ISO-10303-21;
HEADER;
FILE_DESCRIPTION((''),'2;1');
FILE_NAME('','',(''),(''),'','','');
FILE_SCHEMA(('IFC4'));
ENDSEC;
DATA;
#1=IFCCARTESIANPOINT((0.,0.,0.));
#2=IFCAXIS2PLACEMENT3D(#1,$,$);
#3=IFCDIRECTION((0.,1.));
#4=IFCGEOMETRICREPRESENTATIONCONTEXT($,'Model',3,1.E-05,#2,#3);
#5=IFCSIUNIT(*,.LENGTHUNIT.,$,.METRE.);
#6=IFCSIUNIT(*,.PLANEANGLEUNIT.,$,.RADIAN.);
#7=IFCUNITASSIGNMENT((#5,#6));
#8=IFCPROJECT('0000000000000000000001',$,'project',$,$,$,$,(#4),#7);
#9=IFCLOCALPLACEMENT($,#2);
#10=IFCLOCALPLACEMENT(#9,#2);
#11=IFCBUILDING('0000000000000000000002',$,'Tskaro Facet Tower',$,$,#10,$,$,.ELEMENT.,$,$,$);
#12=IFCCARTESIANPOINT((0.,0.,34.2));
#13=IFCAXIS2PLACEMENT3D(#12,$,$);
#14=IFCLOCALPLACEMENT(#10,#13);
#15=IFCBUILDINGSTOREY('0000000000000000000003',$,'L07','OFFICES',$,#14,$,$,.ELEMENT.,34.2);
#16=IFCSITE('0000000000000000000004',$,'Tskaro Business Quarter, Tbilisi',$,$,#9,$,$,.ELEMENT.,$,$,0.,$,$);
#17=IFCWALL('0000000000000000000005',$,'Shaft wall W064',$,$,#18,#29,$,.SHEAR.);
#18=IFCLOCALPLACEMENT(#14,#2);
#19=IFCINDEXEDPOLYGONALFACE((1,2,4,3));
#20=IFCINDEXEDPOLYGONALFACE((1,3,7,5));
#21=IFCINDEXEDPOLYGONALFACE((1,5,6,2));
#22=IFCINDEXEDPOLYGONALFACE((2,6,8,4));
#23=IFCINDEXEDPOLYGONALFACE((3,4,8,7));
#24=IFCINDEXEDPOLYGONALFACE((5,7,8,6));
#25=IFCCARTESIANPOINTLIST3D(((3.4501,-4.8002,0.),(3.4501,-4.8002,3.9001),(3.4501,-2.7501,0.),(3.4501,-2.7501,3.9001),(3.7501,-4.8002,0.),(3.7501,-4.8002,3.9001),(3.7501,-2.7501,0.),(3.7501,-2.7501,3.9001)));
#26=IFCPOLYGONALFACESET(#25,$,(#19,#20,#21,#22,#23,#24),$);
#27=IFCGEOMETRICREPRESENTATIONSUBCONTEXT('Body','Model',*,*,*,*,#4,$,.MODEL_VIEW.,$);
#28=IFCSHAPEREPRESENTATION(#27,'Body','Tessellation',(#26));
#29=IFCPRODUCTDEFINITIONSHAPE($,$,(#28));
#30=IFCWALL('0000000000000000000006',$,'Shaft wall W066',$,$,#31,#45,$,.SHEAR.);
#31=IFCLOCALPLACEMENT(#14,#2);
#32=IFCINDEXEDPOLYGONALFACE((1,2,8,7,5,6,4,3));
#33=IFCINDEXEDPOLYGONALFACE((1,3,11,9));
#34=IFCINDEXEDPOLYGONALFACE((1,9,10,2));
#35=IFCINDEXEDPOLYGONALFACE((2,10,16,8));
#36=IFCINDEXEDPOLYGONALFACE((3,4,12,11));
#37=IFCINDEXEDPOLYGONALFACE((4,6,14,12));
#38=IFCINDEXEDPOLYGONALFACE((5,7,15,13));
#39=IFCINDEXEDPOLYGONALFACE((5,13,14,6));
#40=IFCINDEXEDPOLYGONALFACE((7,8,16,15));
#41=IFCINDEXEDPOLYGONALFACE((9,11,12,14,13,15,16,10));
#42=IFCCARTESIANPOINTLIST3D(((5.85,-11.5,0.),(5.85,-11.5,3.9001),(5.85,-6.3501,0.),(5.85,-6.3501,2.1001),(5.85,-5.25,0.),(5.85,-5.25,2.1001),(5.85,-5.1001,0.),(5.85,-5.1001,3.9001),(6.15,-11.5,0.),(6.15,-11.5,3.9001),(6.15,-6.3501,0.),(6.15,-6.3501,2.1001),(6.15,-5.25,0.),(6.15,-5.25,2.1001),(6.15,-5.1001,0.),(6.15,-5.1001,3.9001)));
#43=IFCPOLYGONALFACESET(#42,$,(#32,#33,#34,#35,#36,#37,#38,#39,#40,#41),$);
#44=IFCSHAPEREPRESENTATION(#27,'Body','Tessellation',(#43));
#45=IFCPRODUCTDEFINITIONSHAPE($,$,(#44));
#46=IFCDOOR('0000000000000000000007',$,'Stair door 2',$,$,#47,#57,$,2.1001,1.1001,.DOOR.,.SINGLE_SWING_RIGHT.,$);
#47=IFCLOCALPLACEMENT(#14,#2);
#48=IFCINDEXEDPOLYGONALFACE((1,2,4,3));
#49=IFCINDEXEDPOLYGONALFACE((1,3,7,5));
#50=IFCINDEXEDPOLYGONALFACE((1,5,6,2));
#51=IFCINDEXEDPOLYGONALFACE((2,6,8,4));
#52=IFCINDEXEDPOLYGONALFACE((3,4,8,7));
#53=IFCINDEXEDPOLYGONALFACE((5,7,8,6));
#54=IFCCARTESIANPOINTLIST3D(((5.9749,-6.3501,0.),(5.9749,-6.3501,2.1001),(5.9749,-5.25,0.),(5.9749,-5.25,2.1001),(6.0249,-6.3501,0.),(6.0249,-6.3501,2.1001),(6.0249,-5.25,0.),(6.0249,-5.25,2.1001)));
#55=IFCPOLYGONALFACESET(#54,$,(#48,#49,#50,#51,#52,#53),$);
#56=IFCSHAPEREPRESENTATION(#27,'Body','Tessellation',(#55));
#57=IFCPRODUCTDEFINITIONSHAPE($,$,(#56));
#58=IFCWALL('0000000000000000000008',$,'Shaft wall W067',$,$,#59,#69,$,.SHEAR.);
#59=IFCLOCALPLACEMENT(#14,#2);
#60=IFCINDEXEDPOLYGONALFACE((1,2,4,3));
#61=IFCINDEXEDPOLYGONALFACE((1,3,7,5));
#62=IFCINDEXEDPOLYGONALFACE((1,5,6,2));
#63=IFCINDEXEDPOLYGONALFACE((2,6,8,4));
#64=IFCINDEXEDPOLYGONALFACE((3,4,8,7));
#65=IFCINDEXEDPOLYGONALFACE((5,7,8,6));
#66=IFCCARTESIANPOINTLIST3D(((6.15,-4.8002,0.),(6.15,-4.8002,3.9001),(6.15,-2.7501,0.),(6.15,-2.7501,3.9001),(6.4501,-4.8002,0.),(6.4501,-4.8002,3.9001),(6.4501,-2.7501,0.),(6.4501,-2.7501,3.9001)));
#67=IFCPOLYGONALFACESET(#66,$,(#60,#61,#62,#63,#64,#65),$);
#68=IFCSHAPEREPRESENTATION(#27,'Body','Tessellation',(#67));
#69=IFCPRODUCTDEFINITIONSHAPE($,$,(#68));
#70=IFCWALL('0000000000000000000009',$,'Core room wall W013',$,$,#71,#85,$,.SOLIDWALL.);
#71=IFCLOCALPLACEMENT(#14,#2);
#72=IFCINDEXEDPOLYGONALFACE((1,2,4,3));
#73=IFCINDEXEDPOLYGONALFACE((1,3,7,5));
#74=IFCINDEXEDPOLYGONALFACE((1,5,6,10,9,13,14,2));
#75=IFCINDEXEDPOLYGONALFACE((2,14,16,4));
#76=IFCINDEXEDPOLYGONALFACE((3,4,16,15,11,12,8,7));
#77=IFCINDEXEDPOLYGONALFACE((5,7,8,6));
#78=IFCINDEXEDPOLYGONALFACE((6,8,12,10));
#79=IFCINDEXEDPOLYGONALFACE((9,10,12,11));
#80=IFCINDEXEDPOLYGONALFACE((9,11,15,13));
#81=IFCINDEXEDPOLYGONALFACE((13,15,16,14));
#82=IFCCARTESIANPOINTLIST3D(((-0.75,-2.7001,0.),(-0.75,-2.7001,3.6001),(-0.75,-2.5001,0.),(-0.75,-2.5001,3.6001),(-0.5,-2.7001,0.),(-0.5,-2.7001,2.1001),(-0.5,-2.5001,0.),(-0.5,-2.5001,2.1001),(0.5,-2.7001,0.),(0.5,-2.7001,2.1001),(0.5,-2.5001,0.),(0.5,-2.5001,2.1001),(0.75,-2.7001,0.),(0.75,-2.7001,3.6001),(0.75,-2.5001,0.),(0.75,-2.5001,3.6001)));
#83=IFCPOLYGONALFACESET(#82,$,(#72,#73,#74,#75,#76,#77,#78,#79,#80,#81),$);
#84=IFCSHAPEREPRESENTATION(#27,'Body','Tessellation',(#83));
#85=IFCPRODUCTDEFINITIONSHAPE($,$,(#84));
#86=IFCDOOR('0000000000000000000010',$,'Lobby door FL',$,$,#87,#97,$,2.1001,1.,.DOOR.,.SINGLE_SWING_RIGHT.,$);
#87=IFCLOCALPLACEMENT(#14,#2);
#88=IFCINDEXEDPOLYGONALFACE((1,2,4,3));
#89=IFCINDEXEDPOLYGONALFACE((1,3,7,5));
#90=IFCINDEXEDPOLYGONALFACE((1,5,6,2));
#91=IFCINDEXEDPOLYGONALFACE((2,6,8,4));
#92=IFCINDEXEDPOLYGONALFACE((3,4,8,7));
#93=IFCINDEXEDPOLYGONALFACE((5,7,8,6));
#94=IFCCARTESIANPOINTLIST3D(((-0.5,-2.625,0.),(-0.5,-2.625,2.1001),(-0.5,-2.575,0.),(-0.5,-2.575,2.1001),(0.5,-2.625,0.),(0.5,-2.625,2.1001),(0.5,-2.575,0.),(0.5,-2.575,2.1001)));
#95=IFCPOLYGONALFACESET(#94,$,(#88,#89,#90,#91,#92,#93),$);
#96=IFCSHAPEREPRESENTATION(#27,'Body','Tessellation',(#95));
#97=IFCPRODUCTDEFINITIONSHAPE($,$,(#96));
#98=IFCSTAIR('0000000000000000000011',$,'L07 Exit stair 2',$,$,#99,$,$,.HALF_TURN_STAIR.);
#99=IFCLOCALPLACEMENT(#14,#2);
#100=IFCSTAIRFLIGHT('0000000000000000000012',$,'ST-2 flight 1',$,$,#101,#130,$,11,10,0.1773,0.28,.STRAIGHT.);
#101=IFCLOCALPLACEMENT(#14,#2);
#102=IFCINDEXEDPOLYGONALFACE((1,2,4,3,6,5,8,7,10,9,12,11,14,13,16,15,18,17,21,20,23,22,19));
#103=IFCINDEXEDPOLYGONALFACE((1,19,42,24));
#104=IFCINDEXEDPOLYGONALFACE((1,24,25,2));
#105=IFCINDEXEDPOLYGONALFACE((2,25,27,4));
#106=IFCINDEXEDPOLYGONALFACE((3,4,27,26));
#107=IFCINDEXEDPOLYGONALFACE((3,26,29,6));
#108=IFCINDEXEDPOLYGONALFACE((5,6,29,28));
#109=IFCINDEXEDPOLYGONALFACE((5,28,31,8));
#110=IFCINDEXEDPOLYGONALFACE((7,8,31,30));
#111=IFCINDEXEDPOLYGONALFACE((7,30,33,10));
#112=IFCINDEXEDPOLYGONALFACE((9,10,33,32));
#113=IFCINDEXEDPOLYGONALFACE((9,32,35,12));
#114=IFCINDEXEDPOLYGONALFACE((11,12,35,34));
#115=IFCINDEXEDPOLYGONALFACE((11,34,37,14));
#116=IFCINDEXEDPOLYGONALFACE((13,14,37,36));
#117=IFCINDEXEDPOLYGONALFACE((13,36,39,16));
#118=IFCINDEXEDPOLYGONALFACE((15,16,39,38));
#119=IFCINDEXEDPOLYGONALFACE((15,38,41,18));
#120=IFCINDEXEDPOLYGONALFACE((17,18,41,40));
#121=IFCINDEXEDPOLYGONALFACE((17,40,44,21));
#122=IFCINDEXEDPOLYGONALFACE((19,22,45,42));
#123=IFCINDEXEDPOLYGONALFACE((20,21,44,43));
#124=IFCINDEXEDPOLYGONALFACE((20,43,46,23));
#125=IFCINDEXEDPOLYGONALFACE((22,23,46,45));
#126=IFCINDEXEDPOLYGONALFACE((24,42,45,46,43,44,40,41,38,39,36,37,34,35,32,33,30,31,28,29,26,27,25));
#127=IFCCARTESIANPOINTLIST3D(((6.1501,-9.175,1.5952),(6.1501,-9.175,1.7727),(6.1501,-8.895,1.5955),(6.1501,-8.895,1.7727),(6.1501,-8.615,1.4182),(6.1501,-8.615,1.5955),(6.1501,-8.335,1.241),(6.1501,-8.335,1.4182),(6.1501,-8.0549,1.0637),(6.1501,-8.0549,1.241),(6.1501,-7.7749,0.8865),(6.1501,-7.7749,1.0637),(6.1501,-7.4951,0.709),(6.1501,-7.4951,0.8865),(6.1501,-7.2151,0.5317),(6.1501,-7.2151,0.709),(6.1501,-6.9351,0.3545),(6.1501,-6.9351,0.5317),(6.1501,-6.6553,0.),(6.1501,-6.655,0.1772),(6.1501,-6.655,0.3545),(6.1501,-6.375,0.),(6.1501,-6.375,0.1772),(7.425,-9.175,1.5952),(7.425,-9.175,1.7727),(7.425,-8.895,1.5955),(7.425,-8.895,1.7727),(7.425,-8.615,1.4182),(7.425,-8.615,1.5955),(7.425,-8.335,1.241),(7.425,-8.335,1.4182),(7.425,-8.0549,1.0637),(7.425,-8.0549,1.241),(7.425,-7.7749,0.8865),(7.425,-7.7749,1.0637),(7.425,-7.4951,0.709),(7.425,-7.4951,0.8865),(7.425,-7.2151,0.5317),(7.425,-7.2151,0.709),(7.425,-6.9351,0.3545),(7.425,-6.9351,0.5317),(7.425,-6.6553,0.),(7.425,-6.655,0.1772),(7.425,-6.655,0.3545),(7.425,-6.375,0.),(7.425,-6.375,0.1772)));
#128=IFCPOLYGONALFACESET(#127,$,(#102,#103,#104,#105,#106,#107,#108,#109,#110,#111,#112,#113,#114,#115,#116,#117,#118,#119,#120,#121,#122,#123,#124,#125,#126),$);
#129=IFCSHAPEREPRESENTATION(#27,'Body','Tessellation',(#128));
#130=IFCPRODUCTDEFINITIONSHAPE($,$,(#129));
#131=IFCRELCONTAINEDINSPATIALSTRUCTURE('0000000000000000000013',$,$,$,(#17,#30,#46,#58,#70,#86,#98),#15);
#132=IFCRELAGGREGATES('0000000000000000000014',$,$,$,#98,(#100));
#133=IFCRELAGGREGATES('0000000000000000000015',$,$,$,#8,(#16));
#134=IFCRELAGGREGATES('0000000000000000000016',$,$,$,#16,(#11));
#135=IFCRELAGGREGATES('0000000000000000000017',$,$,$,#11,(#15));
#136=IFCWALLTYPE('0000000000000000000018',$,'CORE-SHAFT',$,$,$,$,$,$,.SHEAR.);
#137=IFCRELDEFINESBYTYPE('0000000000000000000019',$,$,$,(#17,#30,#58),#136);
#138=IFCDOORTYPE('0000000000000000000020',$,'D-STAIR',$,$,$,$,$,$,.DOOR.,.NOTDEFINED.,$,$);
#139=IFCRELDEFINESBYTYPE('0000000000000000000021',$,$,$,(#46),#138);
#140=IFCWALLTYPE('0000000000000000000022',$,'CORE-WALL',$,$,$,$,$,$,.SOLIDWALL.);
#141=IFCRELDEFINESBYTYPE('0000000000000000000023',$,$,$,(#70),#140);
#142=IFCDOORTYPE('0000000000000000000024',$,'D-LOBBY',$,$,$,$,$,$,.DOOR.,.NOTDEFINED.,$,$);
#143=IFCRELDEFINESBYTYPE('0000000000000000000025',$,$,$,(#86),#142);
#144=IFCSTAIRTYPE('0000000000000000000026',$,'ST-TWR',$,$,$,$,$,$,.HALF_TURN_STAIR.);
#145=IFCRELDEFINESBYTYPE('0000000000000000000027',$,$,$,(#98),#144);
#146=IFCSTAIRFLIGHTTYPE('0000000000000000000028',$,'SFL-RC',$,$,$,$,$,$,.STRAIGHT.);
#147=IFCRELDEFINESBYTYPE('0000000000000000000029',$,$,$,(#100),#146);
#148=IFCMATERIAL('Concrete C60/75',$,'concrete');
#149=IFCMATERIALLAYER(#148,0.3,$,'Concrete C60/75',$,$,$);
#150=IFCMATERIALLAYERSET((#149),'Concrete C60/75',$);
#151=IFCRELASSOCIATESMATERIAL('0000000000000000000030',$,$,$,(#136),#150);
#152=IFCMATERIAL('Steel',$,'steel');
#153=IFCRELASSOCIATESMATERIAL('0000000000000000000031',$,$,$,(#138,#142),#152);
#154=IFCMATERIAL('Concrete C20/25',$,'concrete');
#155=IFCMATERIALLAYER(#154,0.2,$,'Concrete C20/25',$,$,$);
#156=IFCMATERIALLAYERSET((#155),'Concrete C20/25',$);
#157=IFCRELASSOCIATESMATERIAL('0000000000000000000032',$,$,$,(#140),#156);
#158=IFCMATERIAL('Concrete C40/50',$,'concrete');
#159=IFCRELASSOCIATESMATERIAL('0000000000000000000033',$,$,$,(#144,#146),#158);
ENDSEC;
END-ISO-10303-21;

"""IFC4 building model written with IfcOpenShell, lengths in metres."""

from ifc_helpers import new_model, si_unit, direction, frame, frame_2d, origin, place, context, subcontext, project, spatial, polyline, rectangle, outline, extrude, material, layer, layer_set, type_object, element, fill, aggregate, save


model = new_model("IFC4")

# Units and contexts
model_context = context("Model", 3, precision=1e-05, world=origin(), true_north=direction((0.0, 1.0)))
body_context = subcontext(model_context, "Body", "Model", "MODEL_VIEW")
ifc_project = project(units=[si_unit("LENGTHUNIT", "METRE"), si_unit("PLANEANGLEUNIT", "RADIAN")], contexts=[model_context])

# Site, building, storey
site_placement = place(None, origin())
site = spatial("IfcSite", under=ifc_project, at=site_placement, Name="Tskaro Business Quarter, Tbilisi", CompositionType="ELEMENT", RefElevation=0.0)
building_placement = place(site_placement, origin())
building = spatial("IfcBuilding", under=site, at=building_placement, Name="Tskaro Facet Tower", CompositionType="ELEMENT")
storey_placement = place(building_placement, frame((0.0, 0.0, 34.2)))
storey = spatial("IfcBuildingStorey", under=building, at=storey_placement, Name="L07", Description="OFFICES", CompositionType="ELEMENT", Elevation=34.2)

# Shared definitions
ifc_material_1 = material(Name="Concrete C60/75", Category="concrete")
ifc_layer_1 = layer(ifc_material_1, 0.3, Name="Concrete C60/75")
ifc_layer_set_1 = layer_set([ifc_layer_1], Name="Concrete C60/75")
wall_type_1 = type_object("IfcWallType", Name="CORE-SHAFT", PredefinedType="SHEAR", material=ifc_layer_set_1)

# Wall
wall_1_placement = place(storey_placement, frame((3.6001, -4.8, 0.0), z_axis=(0.0, 0.0, 1.0), x_axis=(0.0, 1.0, 0.0)))
element("IfcWall", 1, at=wall_1_placement, inside=storey, type_object=wall_type_1, Name="Shaft wall W064", PredefinedType="SHEAR", context=body_context, shape_type="SweptSolid", body=[
    extrude(rectangle(XDim=2.05, YDim=0.3, at=frame_2d((1.0249, 0.0))), origin(), (0.0, 0.0, 1.0), 3.9001),
])

# Wall, opening, door
wall_2_placement = place(storey_placement, frame((6.0, -5.1001, 0.0), z_axis=(0.0, 0.0, 1.0), x_axis=(0.0, -1.0, 0.0)))
wall_2 = element("IfcWall", 2, at=wall_2_placement, inside=storey, type_object=wall_type_1, Name="Shaft wall W066", PredefinedType="SHEAR", context=body_context, shape_type="SweptSolid", body=[
    extrude(rectangle(XDim=6.3999, YDim=0.3, at=frame_2d((3.2, 0.0))), origin(), (0.0, 0.0, 1.0), 3.9001),
])
opening_1_placement = place(wall_2_placement, frame((0.1499, 0.0, 0.0)))
opening_1 = element("IfcOpeningElement", 3, at=opening_1_placement, cuts=wall_2, PredefinedType="OPENING", context=body_context, shape_type="SweptSolid", body=[
    extrude(rectangle(XDim=1.1001, YDim=2.1001, at=frame_2d((0.55, 1.05))), frame((0.0, 0.1599, 0.0), z_axis=(0.0, -1.0, 0.0), x_axis=(1.0, 0.0, 0.0)), (0.0, 0.0, 1.0), 0.3201),
])
ifc_material_2 = material(Name="Steel", Category="steel")
door_type_1 = type_object("IfcDoorType", Name="D-STAIR", OperationType="NOTDEFINED", PredefinedType="DOOR", material=ifc_material_2)
door_1_placement = place(opening_1_placement, origin())
door_1 = element("IfcDoor", 4, at=door_1_placement, inside=storey, type_object=door_type_1, Name="Stair door 2", OperationType="SINGLE_SWING_RIGHT", OverallHeight=2.1001, OverallWidth=1.1001, PredefinedType="DOOR", context=body_context, shape_type="SweptSolid", body=[
    extrude(rectangle(XDim=1.1001, YDim=2.1001, at=frame_2d((0.55, 1.05))), frame((0.0, 0.0249, 0.0), z_axis=(0.0, -1.0, 0.0), x_axis=(1.0, 0.0, 0.0)), (0.0, 0.0, 1.0), 0.05),
])
fill(opening_1, door_1)

# Wall
wall_3_placement = place(storey_placement, frame((6.3, -4.8, 0.0), z_axis=(0.0, 0.0, 1.0), x_axis=(0.0, 1.0, 0.0)))
element("IfcWall", 5, at=wall_3_placement, inside=storey, type_object=wall_type_1, Name="Shaft wall W067", PredefinedType="SHEAR", context=body_context, shape_type="SweptSolid", body=[
    extrude(rectangle(XDim=2.05, YDim=0.3, at=frame_2d((1.0249, 0.0))), origin(), (0.0, 0.0, 1.0), 3.9001),
])

# Wall, opening, door
ifc_material_3 = material(Name="Concrete C20/25", Category="concrete")
ifc_layer_2 = layer(ifc_material_3, 0.2, Name="Concrete C20/25")
ifc_layer_set_2 = layer_set([ifc_layer_2], Name="Concrete C20/25")
wall_type_2 = type_object("IfcWallType", Name="CORE-WALL", PredefinedType="SOLIDWALL", material=ifc_layer_set_2)
wall_4_placement = place(storey_placement, frame((0.75, -2.6001, 0.0), z_axis=(0.0, 0.0, 1.0), x_axis=(-1.0, 0.0, 0.0)))
wall_4 = element("IfcWall", 6, at=wall_4_placement, inside=storey, type_object=wall_type_2, Name="Core room wall W013", PredefinedType="SOLIDWALL", context=body_context, shape_type="SweptSolid", body=[
    extrude(rectangle(XDim=1.5, YDim=0.2, at=frame_2d((0.75, 0.0))), origin(), (0.0, 0.0, 1.0), 3.6001),
])
opening_2_placement = place(wall_4_placement, frame((0.25, 0.0, 0.0)))
opening_2 = element("IfcOpeningElement", 7, at=opening_2_placement, cuts=wall_4, PredefinedType="OPENING", context=body_context, shape_type="SweptSolid", body=[
    extrude(rectangle(XDim=1.0, YDim=2.1001, at=frame_2d((0.5, 1.05))), frame((0.0, 0.1099, 0.0), z_axis=(0.0, -1.0, 0.0), x_axis=(1.0, 0.0, 0.0)), (0.0, 0.0, 1.0), 0.22),
])
door_type_2 = type_object("IfcDoorType", Name="D-LOBBY", OperationType="NOTDEFINED", PredefinedType="DOOR", material=ifc_material_2)
door_2_placement = place(opening_2_placement, origin())
door_2 = element("IfcDoor", 8, at=door_2_placement, inside=storey, type_object=door_type_2, Name="Lobby door FL", OperationType="SINGLE_SWING_RIGHT", OverallHeight=2.1001, OverallWidth=1.0, PredefinedType="DOOR", context=body_context, shape_type="SweptSolid", body=[
    extrude(rectangle(XDim=1.0, YDim=2.1001, at=frame_2d((0.5, 1.05))), frame((0.0, 0.0249, 0.0), z_axis=(0.0, -1.0, 0.0), x_axis=(1.0, 0.0, 0.0)), (0.0, 0.0, 1.0), 0.05),
])
fill(opening_2, door_2)

# Stair, stair flight
ifc_material_4 = material(Name="Concrete C40/50", Category="concrete")
stair_type = type_object("IfcStairType", Name="ST-TWR", PredefinedType="HALF_TURN_STAIR", material=ifc_material_4)
stair_placement = place(storey_placement, origin())
stair = element("IfcStair", 9, at=stair_placement, inside=storey, type_object=stair_type, Name="L07 Exit stair 2", PredefinedType="HALF_TURN_STAIR")
stair_flight_type = type_object("IfcStairFlightType", Name="SFL-RC", PredefinedType="STRAIGHT", material=ifc_material_4)
stair_flight_placement = place(storey_placement, frame((6.7876, -6.375, 0.0), z_axis=(0.0, 0.0, 1.0), x_axis=(0.0, -1.0, 0.0)))
stair_flight = element("IfcStairFlight", 10, at=stair_flight_placement, type_object=stair_flight_type, Name="ST-2 flight 1", NumberOfRisers=11, NumberOfTreads=10, PredefinedType="STRAIGHT", RiserHeight=0.1773, TreadLength=0.28, context=body_context, shape_type="SweptSolid", body=[
    extrude(outline(polyline([(0.0, 0.0), (0.0, 0.1772), (0.28, 0.1772), (0.28, 0.3545), (0.5601, 0.3545), (0.5601, 0.5317), (0.8401, 0.5317), (0.8401, 0.709), (1.1201, 0.709), (1.1201, 0.8865), (1.3999, 0.8865), (1.3999, 1.0637), (1.6799, 1.0637), (1.6799, 1.241), (1.96, 1.241), (1.96, 1.4182), (2.24, 1.4182), (2.24, 1.5955), (2.52, 1.5955), (2.52, 1.7727), (2.8, 1.7727), (2.8, 1.95), (2.8, 1.5952), (0.2803, 0.0), (0.0, 0.0)])), frame((0.0, 0.6375, 0.0), z_axis=(0.0, -1.0, 0.0), x_axis=(1.0, 0.0, 0.0)), (0.0, 0.0, 1.0), 1.2749),
])
aggregate(stair, [stair_flight])

save(model, "model.ifc")
